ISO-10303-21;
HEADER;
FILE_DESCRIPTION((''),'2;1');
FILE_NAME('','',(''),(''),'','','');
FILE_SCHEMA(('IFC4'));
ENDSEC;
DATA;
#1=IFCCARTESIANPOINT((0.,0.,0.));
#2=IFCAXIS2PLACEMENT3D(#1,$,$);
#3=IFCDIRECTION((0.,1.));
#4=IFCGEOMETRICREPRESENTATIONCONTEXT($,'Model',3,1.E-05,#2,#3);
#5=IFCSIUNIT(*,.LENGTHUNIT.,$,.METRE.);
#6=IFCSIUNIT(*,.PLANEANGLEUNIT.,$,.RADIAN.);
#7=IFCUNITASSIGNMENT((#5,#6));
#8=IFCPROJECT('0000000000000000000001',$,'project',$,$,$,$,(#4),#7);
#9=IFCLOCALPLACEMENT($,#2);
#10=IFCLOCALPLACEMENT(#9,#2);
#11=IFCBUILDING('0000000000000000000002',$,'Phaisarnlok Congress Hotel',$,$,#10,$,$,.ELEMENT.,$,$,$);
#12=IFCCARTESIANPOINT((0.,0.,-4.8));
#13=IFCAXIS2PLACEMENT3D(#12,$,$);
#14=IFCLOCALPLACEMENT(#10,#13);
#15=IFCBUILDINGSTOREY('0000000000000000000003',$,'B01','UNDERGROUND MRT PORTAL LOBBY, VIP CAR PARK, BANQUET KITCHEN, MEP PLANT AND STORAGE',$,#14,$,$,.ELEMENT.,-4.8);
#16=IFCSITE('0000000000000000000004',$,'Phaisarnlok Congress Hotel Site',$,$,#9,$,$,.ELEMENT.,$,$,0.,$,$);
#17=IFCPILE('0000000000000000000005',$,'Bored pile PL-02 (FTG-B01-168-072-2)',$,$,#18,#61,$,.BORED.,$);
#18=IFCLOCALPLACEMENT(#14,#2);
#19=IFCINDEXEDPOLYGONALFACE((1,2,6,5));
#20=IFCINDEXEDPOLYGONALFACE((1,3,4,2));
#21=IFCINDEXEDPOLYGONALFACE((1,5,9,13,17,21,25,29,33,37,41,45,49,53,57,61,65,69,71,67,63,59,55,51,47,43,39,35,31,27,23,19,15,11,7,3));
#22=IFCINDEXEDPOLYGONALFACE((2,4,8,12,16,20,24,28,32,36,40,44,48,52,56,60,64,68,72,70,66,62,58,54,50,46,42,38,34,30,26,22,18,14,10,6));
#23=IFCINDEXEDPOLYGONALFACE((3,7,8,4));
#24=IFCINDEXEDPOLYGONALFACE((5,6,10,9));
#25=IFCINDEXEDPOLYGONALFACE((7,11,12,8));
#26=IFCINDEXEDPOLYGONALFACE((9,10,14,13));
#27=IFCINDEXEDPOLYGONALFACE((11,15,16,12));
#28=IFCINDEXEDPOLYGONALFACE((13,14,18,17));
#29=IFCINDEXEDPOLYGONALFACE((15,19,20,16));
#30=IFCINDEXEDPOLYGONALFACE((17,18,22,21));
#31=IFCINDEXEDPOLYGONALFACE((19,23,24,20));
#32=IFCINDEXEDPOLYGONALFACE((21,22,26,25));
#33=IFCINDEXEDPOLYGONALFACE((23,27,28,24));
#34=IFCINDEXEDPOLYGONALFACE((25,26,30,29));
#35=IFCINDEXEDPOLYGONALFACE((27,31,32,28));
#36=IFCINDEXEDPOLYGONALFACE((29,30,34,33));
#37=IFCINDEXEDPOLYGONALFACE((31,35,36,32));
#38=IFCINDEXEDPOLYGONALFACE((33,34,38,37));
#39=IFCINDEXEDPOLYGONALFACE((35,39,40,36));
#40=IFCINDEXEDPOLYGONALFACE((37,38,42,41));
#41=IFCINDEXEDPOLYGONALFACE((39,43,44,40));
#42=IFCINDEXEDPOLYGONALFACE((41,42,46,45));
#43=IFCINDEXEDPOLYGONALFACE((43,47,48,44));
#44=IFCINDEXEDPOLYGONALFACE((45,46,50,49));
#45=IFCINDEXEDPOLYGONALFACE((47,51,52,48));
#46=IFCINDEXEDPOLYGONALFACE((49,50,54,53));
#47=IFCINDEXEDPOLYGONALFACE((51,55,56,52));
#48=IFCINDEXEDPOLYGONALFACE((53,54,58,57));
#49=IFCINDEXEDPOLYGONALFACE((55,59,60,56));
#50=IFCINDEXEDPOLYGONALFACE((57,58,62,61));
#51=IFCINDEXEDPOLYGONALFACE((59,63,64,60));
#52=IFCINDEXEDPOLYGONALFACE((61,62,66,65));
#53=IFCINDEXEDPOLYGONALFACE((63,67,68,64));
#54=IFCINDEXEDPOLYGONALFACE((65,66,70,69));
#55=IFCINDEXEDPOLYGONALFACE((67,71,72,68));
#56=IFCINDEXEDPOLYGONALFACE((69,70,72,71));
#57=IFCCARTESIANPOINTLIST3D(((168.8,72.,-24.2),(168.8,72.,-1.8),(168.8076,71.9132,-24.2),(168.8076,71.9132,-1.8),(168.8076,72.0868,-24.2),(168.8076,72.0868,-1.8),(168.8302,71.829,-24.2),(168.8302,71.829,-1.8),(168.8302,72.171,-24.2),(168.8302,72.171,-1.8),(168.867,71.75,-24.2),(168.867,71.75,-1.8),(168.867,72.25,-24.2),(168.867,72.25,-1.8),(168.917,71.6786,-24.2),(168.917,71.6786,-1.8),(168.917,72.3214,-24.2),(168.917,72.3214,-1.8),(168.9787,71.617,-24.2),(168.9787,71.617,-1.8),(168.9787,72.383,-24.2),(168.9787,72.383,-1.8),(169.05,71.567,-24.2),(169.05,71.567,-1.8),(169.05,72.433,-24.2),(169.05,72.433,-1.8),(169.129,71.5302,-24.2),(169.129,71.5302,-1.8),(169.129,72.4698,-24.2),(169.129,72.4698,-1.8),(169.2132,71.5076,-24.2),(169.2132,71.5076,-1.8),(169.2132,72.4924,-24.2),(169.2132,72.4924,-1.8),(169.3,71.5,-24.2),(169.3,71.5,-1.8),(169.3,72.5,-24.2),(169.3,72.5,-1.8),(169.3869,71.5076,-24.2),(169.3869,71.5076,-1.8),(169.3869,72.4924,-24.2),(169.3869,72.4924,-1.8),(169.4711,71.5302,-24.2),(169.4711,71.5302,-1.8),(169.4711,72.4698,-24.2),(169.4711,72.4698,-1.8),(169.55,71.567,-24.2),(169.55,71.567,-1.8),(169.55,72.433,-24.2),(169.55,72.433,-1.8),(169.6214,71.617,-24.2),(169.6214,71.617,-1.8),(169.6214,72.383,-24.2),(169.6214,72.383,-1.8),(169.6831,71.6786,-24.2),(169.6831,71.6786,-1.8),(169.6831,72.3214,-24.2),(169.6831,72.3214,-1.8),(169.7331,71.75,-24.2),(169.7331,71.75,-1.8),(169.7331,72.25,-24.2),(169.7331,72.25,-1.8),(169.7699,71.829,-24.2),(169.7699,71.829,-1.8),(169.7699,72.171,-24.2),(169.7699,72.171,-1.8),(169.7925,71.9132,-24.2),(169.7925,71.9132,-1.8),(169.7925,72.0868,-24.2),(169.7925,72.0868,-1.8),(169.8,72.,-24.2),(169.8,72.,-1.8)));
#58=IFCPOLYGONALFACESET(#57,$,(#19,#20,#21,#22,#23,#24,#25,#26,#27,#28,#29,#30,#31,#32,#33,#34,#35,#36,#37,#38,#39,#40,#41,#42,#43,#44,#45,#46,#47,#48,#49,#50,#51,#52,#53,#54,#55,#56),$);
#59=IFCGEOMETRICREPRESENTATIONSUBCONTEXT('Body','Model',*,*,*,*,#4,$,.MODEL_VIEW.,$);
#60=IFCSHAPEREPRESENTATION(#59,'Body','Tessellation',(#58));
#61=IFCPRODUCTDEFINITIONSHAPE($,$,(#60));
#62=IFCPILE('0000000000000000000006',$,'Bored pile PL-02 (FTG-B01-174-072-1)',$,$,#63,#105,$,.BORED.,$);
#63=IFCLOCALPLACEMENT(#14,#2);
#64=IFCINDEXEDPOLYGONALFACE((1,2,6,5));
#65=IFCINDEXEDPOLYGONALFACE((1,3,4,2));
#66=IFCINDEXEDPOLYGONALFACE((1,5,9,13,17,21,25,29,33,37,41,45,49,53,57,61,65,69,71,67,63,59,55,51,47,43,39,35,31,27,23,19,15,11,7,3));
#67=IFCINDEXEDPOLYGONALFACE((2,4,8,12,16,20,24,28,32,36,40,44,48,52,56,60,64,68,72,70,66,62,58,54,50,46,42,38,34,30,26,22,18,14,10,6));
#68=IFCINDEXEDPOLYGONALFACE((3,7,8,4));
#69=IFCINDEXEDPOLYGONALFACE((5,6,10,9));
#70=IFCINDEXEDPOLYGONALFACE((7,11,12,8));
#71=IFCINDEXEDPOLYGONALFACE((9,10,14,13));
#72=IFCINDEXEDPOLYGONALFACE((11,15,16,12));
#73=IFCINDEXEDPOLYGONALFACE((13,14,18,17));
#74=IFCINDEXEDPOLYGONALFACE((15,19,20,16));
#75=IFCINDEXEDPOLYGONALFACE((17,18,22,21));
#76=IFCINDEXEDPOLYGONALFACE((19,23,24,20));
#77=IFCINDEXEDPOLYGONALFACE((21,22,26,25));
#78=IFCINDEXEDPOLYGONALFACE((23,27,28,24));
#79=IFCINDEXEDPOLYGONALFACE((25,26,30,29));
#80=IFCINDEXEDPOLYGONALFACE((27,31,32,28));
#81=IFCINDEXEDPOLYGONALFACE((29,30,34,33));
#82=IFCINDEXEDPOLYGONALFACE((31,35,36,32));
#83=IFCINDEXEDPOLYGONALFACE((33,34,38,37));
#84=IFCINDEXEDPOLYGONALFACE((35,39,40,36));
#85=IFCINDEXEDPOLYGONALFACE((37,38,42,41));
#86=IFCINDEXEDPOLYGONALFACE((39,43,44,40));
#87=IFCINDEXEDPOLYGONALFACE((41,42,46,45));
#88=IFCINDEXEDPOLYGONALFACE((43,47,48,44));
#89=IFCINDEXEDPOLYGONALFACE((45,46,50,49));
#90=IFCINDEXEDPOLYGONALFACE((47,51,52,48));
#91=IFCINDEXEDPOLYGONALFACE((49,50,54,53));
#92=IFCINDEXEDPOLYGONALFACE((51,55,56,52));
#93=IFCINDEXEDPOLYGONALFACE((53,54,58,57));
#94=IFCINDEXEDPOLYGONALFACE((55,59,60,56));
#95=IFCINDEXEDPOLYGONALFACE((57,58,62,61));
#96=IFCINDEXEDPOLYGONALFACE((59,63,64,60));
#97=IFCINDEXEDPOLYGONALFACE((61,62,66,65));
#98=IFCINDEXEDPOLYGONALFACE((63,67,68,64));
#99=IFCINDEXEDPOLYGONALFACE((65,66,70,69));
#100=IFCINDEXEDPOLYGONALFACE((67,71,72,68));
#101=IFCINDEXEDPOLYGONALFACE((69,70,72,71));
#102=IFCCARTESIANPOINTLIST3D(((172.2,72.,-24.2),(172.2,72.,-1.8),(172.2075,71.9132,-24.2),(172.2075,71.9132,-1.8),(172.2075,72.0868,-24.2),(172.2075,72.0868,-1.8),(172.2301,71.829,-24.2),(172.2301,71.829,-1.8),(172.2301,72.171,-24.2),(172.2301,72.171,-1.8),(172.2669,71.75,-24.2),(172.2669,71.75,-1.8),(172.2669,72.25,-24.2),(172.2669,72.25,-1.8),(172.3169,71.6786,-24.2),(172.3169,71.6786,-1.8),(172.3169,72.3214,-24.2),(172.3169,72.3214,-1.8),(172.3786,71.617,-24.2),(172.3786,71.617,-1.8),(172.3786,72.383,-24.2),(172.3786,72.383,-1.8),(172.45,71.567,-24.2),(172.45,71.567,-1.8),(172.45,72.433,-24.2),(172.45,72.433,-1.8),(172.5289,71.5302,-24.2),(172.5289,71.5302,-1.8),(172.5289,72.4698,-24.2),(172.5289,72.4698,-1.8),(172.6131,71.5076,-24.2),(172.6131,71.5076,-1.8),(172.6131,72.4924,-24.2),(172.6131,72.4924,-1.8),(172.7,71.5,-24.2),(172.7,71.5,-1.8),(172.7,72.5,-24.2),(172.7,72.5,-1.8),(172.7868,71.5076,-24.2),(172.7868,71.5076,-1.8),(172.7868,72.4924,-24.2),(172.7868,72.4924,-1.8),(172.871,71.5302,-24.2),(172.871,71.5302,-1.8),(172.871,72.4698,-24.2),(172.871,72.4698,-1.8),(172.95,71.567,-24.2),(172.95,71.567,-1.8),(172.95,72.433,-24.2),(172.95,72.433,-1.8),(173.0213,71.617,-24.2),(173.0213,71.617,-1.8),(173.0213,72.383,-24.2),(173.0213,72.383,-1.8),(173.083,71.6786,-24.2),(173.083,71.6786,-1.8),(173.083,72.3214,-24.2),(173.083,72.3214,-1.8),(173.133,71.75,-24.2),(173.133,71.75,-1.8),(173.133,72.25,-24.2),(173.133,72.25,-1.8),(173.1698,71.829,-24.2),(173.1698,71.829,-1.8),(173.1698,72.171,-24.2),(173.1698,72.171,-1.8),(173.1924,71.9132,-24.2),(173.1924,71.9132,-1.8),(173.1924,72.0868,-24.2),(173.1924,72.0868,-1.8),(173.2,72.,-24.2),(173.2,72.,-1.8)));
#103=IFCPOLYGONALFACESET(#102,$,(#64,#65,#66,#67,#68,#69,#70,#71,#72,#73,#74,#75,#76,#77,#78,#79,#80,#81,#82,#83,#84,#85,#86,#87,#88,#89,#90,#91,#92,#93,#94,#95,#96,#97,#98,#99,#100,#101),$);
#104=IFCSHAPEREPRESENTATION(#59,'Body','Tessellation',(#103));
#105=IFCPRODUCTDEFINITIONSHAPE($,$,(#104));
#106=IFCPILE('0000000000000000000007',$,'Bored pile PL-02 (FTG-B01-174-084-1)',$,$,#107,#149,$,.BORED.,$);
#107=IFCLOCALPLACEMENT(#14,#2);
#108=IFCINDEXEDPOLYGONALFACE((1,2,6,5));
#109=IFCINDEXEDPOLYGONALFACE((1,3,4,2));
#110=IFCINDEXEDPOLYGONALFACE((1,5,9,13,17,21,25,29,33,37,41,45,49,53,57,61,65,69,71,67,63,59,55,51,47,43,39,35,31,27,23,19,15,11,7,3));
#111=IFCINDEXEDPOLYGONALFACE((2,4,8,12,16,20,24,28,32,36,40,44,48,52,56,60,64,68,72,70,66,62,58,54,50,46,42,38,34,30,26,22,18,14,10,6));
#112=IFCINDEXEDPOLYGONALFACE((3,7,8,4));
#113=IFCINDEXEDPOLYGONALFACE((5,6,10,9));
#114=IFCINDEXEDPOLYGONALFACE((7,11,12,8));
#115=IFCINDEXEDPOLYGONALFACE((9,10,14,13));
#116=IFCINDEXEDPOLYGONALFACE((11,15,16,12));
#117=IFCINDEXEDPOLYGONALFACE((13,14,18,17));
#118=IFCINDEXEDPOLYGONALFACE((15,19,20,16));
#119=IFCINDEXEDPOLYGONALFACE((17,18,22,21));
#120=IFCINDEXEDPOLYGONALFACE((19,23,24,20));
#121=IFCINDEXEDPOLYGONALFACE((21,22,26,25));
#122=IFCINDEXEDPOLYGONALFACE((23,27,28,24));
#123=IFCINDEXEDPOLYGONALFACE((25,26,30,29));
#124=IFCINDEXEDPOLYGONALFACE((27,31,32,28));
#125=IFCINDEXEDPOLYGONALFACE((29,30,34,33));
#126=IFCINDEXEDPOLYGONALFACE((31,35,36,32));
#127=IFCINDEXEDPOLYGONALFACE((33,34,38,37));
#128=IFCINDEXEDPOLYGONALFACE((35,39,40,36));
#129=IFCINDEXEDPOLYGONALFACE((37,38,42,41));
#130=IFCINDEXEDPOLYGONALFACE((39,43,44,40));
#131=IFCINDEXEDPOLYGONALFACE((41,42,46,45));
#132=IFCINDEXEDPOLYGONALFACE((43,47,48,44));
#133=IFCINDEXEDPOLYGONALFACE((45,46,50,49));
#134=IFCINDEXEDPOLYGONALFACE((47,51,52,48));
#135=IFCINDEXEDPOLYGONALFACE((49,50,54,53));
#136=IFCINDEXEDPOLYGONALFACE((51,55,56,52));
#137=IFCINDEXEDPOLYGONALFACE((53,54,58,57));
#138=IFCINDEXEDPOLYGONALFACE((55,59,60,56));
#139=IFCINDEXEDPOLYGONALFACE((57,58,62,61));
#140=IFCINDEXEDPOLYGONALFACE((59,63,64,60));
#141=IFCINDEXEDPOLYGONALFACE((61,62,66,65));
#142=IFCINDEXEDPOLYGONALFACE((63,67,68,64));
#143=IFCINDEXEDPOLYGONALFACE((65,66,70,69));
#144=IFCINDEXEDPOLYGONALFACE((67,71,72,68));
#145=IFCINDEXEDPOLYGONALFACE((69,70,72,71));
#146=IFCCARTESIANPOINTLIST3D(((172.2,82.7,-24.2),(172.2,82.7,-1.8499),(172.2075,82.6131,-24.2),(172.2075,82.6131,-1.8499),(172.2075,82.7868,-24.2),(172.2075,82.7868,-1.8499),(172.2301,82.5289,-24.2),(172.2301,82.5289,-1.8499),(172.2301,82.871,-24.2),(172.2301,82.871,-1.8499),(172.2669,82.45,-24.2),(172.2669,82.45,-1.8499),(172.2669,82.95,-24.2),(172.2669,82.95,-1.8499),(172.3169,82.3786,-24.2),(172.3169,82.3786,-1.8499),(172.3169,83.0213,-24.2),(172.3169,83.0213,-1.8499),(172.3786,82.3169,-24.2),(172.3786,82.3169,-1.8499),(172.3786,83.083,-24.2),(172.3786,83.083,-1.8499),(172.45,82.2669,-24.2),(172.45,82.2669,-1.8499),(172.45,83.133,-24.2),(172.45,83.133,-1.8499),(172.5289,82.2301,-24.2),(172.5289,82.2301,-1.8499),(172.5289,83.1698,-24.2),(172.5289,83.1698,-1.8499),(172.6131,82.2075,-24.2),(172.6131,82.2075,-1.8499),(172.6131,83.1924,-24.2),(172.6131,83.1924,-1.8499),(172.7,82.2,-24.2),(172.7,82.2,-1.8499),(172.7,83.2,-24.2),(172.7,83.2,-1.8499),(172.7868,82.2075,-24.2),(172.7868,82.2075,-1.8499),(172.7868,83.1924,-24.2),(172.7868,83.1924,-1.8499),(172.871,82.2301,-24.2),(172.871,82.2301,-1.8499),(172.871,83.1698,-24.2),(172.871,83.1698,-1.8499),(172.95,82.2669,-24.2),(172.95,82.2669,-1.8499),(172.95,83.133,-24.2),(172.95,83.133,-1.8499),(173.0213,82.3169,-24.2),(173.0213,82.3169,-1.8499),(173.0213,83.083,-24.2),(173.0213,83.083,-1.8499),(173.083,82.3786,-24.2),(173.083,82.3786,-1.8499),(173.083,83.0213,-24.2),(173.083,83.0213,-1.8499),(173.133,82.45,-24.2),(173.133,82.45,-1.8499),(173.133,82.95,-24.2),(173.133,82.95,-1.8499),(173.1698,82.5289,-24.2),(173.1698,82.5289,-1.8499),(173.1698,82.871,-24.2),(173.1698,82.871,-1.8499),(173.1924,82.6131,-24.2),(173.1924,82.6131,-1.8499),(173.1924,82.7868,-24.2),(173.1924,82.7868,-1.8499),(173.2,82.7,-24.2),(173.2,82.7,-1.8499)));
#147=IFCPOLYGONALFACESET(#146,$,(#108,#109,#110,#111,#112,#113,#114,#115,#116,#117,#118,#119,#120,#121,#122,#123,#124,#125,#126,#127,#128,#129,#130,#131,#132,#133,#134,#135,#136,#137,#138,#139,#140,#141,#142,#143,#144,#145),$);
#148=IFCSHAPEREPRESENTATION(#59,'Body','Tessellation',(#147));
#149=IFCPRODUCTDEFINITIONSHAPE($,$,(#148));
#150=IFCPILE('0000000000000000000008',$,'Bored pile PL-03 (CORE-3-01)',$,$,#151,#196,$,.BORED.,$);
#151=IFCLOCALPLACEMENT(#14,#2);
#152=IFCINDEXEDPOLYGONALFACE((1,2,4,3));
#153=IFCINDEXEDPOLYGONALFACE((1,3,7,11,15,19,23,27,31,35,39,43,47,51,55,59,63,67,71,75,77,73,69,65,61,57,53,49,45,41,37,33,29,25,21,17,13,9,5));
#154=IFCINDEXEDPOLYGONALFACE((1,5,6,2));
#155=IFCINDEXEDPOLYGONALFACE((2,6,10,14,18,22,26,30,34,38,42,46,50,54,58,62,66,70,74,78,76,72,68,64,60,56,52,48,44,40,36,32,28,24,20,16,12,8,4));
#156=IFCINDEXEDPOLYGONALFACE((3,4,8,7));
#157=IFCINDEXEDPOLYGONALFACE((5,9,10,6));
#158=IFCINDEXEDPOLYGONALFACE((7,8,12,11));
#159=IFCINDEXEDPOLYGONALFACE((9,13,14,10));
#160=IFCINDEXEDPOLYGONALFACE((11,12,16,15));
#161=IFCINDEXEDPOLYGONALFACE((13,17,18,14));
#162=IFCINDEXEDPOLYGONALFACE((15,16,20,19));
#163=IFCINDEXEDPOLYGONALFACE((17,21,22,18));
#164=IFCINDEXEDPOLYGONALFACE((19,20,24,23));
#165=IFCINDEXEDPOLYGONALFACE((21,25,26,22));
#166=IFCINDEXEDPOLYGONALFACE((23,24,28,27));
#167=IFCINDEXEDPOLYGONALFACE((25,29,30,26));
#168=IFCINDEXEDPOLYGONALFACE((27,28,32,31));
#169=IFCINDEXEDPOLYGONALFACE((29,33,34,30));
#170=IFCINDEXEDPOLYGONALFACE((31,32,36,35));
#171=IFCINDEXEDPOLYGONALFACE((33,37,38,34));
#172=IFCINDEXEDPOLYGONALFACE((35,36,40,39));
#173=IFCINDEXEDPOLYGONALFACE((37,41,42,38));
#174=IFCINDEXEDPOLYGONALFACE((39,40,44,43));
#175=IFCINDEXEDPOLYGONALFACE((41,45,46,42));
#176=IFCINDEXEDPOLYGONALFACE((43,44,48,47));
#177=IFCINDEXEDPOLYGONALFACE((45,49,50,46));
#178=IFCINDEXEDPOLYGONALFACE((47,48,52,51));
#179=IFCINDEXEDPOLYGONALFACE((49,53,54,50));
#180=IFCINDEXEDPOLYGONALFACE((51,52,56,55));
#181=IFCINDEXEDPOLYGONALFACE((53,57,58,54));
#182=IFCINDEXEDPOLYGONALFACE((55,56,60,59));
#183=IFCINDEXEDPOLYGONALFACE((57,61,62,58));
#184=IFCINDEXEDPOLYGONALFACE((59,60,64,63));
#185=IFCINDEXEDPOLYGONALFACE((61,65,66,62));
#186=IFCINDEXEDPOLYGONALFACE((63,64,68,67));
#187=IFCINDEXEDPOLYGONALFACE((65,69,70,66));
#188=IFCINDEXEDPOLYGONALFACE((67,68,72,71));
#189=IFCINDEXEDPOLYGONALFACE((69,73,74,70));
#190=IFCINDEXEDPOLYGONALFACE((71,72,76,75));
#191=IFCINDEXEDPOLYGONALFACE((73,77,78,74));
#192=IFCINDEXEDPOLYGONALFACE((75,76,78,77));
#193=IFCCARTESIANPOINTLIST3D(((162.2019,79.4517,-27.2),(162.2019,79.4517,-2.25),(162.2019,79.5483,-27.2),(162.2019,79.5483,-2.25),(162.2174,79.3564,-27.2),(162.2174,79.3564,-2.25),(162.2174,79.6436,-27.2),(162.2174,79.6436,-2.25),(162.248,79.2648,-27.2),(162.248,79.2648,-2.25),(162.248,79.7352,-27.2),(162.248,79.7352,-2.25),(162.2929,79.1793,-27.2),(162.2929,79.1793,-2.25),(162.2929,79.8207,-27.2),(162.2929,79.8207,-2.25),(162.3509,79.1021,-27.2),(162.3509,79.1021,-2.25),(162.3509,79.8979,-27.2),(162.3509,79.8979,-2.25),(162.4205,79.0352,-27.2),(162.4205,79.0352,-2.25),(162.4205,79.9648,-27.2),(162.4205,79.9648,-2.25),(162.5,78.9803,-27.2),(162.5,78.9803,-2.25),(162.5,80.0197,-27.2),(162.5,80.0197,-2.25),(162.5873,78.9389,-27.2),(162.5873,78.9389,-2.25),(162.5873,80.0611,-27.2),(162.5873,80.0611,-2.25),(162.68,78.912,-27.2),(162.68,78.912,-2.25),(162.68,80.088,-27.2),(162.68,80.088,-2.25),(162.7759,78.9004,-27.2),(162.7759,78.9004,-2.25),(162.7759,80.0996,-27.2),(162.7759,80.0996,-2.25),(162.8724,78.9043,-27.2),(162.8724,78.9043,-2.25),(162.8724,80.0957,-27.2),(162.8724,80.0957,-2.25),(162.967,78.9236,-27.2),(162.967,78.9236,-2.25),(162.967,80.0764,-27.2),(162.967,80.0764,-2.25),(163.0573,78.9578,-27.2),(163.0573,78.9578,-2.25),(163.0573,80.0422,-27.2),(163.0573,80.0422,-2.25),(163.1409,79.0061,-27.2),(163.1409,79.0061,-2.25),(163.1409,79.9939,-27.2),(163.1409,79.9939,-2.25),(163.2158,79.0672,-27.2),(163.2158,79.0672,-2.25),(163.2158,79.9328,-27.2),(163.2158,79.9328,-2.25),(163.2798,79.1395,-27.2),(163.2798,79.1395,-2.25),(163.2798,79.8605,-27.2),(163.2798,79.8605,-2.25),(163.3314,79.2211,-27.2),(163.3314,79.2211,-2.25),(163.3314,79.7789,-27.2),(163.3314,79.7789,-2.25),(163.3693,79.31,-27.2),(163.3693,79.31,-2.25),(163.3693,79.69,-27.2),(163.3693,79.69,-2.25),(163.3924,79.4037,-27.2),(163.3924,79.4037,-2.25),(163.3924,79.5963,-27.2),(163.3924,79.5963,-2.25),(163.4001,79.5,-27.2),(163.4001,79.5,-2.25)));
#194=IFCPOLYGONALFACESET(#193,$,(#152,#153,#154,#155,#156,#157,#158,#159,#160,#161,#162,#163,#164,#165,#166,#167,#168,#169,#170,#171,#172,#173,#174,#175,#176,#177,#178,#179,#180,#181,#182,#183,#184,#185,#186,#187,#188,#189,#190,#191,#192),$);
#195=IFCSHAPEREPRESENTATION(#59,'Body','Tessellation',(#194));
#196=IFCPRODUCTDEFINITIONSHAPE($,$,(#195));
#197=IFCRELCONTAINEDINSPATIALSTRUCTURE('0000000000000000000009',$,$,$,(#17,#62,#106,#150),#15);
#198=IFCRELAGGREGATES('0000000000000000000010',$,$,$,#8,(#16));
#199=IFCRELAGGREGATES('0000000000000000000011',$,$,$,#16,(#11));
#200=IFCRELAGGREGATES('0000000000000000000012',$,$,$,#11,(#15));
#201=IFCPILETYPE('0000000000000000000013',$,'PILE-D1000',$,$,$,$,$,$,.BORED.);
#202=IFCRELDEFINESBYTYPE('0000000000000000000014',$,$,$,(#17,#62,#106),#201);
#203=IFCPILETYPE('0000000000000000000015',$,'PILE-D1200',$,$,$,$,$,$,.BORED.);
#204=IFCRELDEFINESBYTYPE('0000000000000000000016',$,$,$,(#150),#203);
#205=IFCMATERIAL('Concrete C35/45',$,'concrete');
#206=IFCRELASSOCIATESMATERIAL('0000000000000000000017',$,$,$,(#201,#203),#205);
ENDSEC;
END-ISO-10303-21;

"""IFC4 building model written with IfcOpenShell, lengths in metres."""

from ifc_helpers import new_model, si_unit, direction, frame, origin, origin_2d, place, context, subcontext, project, spatial, circle, extrude, material, material_profile, profile_set, type_object, element, save


model = new_model("IFC4")

# Units and contexts
model_context = context("Model", 3, precision=1e-05, world=origin(), true_north=direction((0.0, 1.0)))
body_context = subcontext(model_context, "Body", "Model", "MODEL_VIEW")
ifc_project = project(units=[si_unit("LENGTHUNIT", "METRE"), si_unit("PLANEANGLEUNIT", "RADIAN")], contexts=[model_context])

# Site, building, storey
site_placement = place(None, origin())
site = spatial("IfcSite", under=ifc_project, at=site_placement, Name="Phaisarnlok Congress Hotel Site", CompositionType="ELEMENT", RefElevation=0.0)
building_placement = place(site_placement, origin())
building = spatial("IfcBuilding", under=site, at=building_placement, Name="Phaisarnlok Congress Hotel", CompositionType="ELEMENT")
storey_placement = place(building_placement, frame((0.0, 0.0, -4.8)))
storey = spatial("IfcBuildingStorey", under=building, at=storey_placement, Name="B01", Description="UNDERGROUND MRT PORTAL LOBBY, VIP CAR PARK, BANQUET KITCHEN, MEP PLANT AND STORAGE", CompositionType="ELEMENT", Elevation=-4.8)

# Piles
ifc_material_1 = material(Name="Concrete C35/45", Category="concrete")
ifc_material_profile_1 = material_profile(ifc_material_1, circle(Radius=0.5, at=origin_2d()), Name="BORED PILE D1000")
ifc_profile_set_1 = profile_set([ifc_material_profile_1], Name="Concrete C35/45")
pile_type_1 = type_object("IfcPileType", Name="PILE-D1000", PredefinedType="BORED", material=ifc_profile_set_1)
for number, where, z_axis, x_axis, name in (
    (1, (169.3, 72.0, -1.8), (0.0, 0.0, -1.0), (1.0, 0.0, 0.0), "Bored pile PL-02 (FTG-B01-168-072-2)"),
    (2, (172.7, 72.0, -1.8), (0.0, 0.0, -1.0), (1.0, 0.0, 0.0), "Bored pile PL-02 (FTG-B01-174-072-1)"),
):
    element("IfcPile", number, at=place(storey_placement, frame(where, z_axis=z_axis, x_axis=x_axis)), inside=storey, type_object=pile_type_1, Name=name, PredefinedType="BORED", context=body_context, shape_type="SweptSolid", body=[
        extrude(circle(Radius=0.5, at=origin_2d()), origin(), (0.0, 0.0, 1.0), 22.3999),
    ])
pile_placement = place(storey_placement, frame((172.7, 82.7, -1.8499), z_axis=(0.0, 0.0, -1.0), x_axis=(1.0, 0.0, 0.0)))
element("IfcPile", 3, at=pile_placement, inside=storey, type_object=pile_type_1, Name="Bored pile PL-02 (FTG-B01-174-084-1)", PredefinedType="BORED", context=body_context, shape_type="SweptSolid", body=[
    extrude(circle(Radius=0.5, at=origin_2d()), origin(), (0.0, 0.0, 1.0), 22.3501),
])
ifc_material_profile_2 = material_profile(ifc_material_1, circle(Radius=0.6001, at=origin_2d()), Name="BORED PILE D1200")
ifc_profile_set_2 = profile_set([ifc_material_profile_2], Name="Concrete C35/45")
pile_type_2 = type_object("IfcPileType", Name="PILE-D1200", PredefinedType="BORED", material=ifc_profile_set_2)
for number, where, z_axis, x_axis, name in (
    (4, (162.8, 79.5, -2.25), (0.0, 0.0, -1.0), (1.0, 0.0, 0.0), "Bored pile PL-03 (CORE-3-01)"),
):
    element("IfcPile", number, at=place(storey_placement, frame(where, z_axis=z_axis, x_axis=x_axis)), inside=storey, type_object=pile_type_2, Name=name, PredefinedType="BORED", context=body_context, shape_type="SweptSolid", body=[
        extrude(circle(Radius=0.6001, at=origin_2d()), origin(), (0.0, 0.0, 1.0), 24.95),
    ])

save(model, "model.ifc")
